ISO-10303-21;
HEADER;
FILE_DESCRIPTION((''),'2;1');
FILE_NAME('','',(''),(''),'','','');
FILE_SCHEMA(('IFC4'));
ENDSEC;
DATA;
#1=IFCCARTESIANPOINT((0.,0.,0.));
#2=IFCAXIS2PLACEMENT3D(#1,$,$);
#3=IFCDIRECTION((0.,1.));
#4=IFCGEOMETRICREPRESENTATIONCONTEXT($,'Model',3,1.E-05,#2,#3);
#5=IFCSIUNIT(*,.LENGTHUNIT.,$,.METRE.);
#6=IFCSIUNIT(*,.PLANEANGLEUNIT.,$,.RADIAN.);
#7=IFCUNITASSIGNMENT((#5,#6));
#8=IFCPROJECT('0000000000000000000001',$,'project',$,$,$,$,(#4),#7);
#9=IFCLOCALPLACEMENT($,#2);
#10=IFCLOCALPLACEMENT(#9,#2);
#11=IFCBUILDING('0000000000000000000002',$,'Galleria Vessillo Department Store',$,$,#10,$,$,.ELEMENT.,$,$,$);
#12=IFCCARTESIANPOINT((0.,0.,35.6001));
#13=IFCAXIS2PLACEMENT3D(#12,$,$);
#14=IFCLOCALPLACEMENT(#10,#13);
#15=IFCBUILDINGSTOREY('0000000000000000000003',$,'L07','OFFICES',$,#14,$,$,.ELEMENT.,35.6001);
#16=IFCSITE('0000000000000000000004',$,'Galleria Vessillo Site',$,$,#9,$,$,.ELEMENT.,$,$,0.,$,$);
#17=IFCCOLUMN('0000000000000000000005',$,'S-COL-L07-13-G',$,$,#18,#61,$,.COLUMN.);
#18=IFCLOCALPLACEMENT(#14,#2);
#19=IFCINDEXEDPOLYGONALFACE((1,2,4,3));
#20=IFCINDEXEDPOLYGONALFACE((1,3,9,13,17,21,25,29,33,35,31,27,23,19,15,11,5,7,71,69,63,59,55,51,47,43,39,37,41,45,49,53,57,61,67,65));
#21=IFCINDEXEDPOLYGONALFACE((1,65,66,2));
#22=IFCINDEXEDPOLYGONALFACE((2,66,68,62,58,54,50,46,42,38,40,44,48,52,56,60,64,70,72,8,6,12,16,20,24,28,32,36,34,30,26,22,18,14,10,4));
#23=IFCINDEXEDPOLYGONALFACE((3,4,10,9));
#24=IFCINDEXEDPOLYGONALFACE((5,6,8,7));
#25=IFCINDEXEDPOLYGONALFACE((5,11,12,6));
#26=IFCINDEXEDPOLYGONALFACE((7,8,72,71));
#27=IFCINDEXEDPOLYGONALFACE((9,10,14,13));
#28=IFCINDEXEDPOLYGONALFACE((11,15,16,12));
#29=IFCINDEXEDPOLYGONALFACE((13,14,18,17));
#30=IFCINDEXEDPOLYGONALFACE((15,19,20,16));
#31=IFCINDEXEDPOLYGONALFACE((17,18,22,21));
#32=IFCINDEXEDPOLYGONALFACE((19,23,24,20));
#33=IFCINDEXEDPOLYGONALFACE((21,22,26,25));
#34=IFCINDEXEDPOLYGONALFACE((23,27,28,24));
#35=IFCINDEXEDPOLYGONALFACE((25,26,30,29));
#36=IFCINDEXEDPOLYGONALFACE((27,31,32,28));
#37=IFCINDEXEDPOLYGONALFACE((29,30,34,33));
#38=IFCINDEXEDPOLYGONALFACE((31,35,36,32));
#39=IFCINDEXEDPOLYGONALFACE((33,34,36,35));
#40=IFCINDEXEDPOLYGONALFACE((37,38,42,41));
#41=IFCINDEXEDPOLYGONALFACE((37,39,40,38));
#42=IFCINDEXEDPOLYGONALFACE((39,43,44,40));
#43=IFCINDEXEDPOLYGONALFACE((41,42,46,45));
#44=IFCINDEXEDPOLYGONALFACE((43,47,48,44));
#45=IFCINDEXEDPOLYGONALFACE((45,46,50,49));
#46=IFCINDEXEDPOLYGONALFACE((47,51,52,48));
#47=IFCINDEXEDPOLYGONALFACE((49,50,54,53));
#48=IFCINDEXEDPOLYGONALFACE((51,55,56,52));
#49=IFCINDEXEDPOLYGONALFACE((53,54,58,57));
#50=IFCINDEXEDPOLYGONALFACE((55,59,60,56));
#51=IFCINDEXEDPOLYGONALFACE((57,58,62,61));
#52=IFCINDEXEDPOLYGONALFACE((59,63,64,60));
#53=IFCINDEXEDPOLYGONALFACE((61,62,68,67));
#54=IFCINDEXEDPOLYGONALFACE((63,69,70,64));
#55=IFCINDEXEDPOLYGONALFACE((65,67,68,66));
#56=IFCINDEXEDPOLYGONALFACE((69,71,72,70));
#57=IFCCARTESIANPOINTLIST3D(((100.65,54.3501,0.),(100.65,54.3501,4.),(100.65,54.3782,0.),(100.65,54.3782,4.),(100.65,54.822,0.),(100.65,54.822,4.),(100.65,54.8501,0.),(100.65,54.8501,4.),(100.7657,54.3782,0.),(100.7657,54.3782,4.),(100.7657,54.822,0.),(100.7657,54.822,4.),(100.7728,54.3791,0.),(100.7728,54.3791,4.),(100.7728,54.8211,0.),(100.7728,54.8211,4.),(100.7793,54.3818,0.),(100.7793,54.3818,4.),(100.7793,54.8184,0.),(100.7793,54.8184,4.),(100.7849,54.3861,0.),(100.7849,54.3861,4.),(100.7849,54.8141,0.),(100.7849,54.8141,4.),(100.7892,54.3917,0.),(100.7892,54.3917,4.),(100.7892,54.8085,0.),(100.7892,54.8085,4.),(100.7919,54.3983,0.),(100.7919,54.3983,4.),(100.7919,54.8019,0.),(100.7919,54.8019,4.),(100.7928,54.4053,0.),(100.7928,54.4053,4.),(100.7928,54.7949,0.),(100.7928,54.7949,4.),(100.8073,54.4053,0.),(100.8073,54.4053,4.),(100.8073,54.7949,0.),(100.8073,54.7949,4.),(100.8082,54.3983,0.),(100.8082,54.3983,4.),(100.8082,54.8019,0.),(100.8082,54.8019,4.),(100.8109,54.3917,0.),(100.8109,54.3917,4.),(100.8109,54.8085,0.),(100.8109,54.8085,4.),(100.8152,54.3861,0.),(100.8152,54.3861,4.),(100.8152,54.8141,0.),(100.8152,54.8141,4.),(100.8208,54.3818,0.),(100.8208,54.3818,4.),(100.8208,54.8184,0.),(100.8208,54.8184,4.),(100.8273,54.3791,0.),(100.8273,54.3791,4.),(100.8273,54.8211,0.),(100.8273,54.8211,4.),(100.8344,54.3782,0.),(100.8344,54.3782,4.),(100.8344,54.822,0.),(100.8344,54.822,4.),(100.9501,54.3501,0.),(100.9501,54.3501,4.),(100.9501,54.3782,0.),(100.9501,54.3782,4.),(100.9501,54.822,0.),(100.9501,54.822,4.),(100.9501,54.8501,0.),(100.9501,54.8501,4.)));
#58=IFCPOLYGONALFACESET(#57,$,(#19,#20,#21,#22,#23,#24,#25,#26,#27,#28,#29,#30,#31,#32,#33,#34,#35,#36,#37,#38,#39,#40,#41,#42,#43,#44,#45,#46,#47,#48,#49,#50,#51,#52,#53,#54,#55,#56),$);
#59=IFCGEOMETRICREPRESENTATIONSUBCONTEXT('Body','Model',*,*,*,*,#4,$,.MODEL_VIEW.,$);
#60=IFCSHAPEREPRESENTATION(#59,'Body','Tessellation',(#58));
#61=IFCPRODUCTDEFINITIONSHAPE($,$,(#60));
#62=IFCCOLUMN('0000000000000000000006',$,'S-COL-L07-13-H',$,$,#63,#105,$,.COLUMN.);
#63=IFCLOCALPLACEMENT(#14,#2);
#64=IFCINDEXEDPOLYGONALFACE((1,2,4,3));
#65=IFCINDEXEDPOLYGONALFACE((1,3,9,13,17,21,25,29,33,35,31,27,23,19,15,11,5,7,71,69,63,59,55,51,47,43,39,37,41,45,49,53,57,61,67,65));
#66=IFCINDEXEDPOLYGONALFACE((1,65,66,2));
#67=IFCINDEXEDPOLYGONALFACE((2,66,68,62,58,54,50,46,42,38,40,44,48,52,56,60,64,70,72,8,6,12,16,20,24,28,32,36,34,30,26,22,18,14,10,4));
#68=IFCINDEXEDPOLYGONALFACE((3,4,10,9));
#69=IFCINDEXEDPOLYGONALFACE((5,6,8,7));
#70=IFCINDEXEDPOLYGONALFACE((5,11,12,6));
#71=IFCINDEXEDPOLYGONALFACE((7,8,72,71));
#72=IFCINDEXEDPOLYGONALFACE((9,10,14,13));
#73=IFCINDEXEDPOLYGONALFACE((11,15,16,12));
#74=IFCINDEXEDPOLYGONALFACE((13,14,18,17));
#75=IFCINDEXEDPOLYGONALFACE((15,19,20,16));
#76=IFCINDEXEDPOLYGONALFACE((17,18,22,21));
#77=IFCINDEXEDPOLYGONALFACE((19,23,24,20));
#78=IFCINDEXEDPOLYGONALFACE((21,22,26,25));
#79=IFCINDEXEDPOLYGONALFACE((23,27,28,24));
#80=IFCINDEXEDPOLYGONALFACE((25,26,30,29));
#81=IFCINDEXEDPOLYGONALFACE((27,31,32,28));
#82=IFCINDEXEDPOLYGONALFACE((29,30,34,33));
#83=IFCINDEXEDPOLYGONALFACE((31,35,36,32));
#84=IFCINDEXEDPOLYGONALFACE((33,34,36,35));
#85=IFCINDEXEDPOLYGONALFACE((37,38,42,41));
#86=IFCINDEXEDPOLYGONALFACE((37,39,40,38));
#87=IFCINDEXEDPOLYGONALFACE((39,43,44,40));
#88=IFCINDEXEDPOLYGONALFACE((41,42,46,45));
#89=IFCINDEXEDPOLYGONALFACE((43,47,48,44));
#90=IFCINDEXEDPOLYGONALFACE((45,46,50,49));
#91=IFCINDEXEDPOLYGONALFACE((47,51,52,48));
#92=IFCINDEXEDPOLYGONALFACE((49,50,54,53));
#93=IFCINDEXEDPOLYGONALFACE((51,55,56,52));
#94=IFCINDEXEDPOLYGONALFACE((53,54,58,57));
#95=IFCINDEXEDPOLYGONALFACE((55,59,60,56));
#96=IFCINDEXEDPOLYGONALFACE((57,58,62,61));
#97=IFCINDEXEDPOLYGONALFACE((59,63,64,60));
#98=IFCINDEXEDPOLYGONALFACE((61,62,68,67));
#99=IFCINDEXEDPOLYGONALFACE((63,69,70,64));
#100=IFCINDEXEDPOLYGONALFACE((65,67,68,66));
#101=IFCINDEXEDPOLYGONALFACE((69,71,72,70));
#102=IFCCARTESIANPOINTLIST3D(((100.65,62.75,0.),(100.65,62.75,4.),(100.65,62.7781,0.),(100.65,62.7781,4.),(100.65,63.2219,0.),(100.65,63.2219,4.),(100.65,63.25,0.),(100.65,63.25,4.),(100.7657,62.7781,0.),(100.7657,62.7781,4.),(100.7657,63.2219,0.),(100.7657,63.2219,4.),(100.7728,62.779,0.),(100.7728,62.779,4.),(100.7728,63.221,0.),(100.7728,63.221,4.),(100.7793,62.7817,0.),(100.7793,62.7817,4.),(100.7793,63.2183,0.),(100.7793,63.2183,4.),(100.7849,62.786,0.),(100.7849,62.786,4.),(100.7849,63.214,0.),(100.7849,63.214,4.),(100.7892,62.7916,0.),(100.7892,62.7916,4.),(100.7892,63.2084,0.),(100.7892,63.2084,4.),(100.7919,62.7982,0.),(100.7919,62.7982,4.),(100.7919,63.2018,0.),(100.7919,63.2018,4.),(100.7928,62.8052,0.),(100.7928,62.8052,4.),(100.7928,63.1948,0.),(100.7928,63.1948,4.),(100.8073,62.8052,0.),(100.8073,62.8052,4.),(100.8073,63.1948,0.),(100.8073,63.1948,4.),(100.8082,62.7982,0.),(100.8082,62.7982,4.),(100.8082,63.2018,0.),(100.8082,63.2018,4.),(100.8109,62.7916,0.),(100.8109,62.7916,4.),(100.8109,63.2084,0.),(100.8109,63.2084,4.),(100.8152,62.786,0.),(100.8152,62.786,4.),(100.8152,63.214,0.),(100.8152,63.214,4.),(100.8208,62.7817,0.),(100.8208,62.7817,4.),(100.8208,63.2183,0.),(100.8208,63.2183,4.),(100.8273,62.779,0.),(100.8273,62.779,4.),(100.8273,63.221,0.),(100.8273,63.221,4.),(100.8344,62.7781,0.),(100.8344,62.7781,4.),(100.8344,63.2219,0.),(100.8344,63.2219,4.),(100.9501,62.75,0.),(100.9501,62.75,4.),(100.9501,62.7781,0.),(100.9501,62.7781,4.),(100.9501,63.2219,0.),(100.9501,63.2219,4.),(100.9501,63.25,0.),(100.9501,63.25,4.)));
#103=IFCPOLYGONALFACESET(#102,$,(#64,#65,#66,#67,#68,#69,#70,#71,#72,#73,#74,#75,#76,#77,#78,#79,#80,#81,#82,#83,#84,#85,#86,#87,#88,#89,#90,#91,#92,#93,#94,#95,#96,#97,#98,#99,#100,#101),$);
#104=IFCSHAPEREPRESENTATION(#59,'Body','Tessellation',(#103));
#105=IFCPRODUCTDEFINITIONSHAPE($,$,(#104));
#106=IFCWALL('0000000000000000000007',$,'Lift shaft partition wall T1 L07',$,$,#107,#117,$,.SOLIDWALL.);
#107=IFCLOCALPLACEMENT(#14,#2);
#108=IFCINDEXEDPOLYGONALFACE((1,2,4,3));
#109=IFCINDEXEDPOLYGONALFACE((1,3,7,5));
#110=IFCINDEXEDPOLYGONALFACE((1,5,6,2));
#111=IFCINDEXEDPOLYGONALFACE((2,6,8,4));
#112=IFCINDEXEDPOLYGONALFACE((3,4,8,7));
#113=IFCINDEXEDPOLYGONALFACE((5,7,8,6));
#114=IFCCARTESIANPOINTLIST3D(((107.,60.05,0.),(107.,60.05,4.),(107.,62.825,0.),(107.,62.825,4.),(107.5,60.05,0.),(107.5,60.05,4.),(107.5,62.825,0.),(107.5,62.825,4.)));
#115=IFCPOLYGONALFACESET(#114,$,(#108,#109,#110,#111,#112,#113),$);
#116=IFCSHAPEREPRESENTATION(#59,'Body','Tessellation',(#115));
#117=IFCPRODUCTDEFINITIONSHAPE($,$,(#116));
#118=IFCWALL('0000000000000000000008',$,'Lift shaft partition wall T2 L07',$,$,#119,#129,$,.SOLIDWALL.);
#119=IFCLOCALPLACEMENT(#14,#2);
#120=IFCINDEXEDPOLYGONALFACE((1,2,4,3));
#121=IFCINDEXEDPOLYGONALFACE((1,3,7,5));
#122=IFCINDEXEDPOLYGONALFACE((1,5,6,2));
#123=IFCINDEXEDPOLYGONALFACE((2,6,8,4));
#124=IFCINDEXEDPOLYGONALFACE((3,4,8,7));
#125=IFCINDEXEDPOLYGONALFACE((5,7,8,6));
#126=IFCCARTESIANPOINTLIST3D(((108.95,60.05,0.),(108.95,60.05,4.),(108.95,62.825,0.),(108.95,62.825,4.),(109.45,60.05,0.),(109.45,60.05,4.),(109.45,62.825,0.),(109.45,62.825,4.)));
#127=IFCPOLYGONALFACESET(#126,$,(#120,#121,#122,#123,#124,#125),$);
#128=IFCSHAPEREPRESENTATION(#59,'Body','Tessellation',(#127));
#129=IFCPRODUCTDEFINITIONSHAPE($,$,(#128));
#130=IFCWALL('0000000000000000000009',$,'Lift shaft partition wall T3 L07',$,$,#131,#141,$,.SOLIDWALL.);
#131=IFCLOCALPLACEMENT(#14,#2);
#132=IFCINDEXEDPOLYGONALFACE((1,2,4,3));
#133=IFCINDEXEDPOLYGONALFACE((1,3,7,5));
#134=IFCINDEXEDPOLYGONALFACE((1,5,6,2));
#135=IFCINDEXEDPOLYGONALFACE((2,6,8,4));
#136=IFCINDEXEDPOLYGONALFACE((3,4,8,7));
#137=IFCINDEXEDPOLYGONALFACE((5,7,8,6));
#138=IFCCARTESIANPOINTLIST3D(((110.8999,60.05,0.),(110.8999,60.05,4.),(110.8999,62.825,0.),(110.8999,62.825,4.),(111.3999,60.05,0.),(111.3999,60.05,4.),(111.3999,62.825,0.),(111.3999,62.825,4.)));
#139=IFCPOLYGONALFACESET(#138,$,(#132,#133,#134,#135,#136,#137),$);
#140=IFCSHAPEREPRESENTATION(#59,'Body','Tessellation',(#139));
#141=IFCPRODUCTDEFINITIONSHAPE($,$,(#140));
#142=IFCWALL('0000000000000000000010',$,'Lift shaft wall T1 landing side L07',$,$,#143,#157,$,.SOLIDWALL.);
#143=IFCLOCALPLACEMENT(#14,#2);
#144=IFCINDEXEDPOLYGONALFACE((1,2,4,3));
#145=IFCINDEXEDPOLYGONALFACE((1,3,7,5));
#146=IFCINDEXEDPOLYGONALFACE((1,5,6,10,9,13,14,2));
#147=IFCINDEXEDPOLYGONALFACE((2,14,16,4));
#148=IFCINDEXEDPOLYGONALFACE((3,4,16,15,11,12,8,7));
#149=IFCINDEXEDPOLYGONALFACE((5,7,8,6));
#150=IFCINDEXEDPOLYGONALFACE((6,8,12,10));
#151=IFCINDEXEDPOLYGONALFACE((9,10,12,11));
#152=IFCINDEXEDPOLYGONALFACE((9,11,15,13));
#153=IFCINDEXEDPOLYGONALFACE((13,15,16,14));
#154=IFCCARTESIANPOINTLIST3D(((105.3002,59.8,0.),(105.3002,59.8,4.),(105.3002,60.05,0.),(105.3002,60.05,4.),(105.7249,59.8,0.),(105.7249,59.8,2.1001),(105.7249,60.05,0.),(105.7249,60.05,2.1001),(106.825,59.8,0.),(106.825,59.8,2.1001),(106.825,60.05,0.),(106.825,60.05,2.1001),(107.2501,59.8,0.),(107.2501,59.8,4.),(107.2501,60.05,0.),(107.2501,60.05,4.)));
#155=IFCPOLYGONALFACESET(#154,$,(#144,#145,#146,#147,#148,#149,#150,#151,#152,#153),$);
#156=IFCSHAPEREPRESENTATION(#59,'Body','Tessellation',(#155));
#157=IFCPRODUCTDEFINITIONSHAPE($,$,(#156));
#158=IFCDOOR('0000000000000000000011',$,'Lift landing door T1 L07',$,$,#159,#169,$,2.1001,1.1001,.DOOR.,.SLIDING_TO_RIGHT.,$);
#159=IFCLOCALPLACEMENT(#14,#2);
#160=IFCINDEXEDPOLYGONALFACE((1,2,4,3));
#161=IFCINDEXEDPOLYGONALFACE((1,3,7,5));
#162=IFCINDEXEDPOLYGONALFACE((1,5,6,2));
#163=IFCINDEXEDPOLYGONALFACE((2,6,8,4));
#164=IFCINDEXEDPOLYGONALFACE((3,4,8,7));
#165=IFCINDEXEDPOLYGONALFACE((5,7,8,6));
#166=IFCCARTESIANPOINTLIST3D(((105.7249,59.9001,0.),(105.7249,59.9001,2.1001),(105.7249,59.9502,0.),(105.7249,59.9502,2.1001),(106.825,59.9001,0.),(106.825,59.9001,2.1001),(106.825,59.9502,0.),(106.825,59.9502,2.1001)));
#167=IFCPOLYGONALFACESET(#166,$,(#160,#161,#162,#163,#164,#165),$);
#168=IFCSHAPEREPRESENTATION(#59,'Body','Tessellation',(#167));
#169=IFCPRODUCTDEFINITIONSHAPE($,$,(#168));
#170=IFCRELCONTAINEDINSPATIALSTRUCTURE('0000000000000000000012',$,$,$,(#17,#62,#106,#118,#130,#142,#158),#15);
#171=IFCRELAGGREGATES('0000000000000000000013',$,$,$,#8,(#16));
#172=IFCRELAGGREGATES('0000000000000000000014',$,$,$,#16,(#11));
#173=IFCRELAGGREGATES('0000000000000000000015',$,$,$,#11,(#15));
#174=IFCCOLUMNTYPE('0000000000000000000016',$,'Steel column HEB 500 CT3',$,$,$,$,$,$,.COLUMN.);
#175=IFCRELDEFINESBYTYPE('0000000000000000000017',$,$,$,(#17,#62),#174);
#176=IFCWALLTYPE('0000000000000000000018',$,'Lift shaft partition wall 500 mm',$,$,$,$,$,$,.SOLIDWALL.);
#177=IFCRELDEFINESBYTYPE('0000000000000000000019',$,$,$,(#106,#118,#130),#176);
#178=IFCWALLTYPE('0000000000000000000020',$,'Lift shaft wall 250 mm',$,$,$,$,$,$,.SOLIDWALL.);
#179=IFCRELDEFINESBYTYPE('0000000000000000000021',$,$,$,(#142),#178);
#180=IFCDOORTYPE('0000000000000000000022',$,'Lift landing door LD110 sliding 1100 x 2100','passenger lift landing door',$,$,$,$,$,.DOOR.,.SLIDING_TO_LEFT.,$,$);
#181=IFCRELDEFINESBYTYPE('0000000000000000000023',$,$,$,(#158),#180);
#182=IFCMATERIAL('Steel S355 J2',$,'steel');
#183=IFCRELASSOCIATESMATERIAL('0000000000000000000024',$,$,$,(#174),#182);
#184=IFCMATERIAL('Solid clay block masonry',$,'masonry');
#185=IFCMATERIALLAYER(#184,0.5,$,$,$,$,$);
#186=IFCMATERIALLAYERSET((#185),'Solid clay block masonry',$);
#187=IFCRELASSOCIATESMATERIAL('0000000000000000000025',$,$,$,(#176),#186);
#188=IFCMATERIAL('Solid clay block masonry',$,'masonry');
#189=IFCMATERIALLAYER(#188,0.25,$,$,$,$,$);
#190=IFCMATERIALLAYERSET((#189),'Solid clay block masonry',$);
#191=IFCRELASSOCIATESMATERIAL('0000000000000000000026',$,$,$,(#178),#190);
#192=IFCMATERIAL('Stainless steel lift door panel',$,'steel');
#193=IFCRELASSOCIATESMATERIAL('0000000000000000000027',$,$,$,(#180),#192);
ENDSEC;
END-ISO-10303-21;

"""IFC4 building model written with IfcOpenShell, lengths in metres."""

from ifc_helpers import new_model, si_unit, direction, frame, frame_2d, origin, origin_2d, place, context, subcontext, project, spatial, rectangle, i_section, extrude, material, layer, layer_set, material_profile, profile_set, type_object, element, fill, save


model = new_model("IFC4")

# Units and contexts
model_context = context("Model", 3, precision=1e-05, world=origin(), true_north=direction((0.0, 1.0)))
body_context = subcontext(model_context, "Body", "Model", "MODEL_VIEW")
ifc_project = project(units=[si_unit("LENGTHUNIT", "METRE"), si_unit("PLANEANGLEUNIT", "RADIAN")], contexts=[model_context])

# Site, building, storey
site_placement = place(None, origin())
site = spatial("IfcSite", under=ifc_project, at=site_placement, Name="Galleria Vessillo Site", CompositionType="ELEMENT", RefElevation=0.0)
building_placement = place(site_placement, origin())
building = spatial("IfcBuilding", under=site, at=building_placement, Name="Galleria Vessillo Department Store", CompositionType="ELEMENT")
storey_placement = place(building_placement, frame((0.0, 0.0, 35.6001)))
storey = spatial("IfcBuildingStorey", under=building, at=storey_placement, Name="L07", Description="OFFICES", CompositionType="ELEMENT", Elevation=35.6001)

# Columns
ifc_material_1 = material(Name="Steel S355 J2", Category="steel")
ifc_material_profile = material_profile(ifc_material_1, i_section(OverallWidth=0.3, OverallDepth=0.5, WebThickness=0.0144, FlangeThickness=0.0281, FilletRadius=0.0271, at=origin_2d()), Name="HEB 500")
ifc_profile_set = profile_set([ifc_material_profile], Name="Steel S355 J2")
column_type = type_object("IfcColumnType", Name="Steel column HEB 500 CT3", PredefinedType="COLUMN", material=ifc_profile_set)
for number, where, z_axis, x_axis, name in (
    (1, (100.8, 54.6001, 0.0), (0.0, 0.0, 1.0), (1.0, 0.0, 0.0), "S-COL-L07-13-G"),
    (2, (100.8, 63.0, 0.0), (0.0, 0.0, 1.0), (1.0, 0.0, 0.0), "S-COL-L07-13-H"),
):
    element("IfcColumn", number, at=place(storey_placement, frame(where, z_axis=z_axis, x_axis=x_axis)), inside=storey, type_object=column_type, Name=name, PredefinedType="COLUMN", context=body_context, shape_type="SweptSolid", body=[
        extrude(i_section(OverallWidth=0.3, OverallDepth=0.5, WebThickness=0.0144, FlangeThickness=0.0281, FilletRadius=0.0271, at=origin_2d()), origin(), (0.0, 0.0, 1.0), 4.0),
    ])

# Walls
ifc_material_2 = material(Name="Solid clay block masonry", Category="masonry")
ifc_layer_1 = layer(ifc_material_2, 0.5)
ifc_layer_set_1 = layer_set([ifc_layer_1], Name="Solid clay block masonry")
wall_type_1 = type_object("IfcWallType", Name="Lift shaft partition wall 500 mm", PredefinedType="SOLIDWALL", material=ifc_layer_set_1)
for number, where, z_axis, x_axis, name in (
    (3, (107.25, 62.825, 0.0), (0.0, 0.0, 1.0), (0.0, -1.0, 0.0), "Lift shaft partition wall T1 L07"),
    (4, (109.2, 62.825, 0.0), (0.0, 0.0, 1.0), (0.0, -1.0, 0.0), "Lift shaft partition wall T2 L07"),
    (5, (111.1499, 62.825, 0.0), (0.0, 0.0, 1.0), (0.0, -1.0, 0.0), "Lift shaft partition wall T3 L07"),
):
    element("IfcWall", number, at=place(storey_placement, frame(where, z_axis=z_axis, x_axis=x_axis)), inside=storey, type_object=wall_type_1, Name=name, PredefinedType="SOLIDWALL", context=body_context, shape_type="SweptSolid", body=[
        extrude(rectangle(XDim=2.7749, YDim=0.5, at=frame_2d((1.3875, 0.0))), origin(), (0.0, 0.0, 1.0), 4.0),
    ])

# Wall, opening, door
ifc_material_3 = material(Name="Solid clay block masonry", Category="masonry")
ifc_layer_2 = layer(ifc_material_3, 0.25)
ifc_layer_set_2 = layer_set([ifc_layer_2], Name="Solid clay block masonry")
wall_type_2 = type_object("IfcWallType", Name="Lift shaft wall 250 mm", PredefinedType="SOLIDWALL", material=ifc_layer_set_2)
wall_1_placement = place(storey_placement, frame((105.3, 59.925, 0.0), z_axis=(0.0, 0.0, 1.0), x_axis=(1.0, 0.0, 0.0)))
wall_1 = element("IfcWall", 6, at=wall_1_placement, inside=storey, type_object=wall_type_2, Name="Lift shaft wall T1 landing side L07", PredefinedType="SOLIDWALL", context=body_context, shape_type="SweptSolid", body=[
    extrude(rectangle(XDim=1.95, YDim=0.25, at=frame_2d((0.9751, 0.0))), origin(), (0.0, 0.0, 1.0), 4.0),
])
opening_1_placement = place(wall_1_placement, frame((0.4248, 0.0, 0.0)))
opening_1 = element("IfcOpeningElement", 7, at=opening_1_placement, cuts=wall_1, PredefinedType="OPENING", context=body_context, shape_type="SweptSolid", body=[
    extrude(rectangle(XDim=1.1001, YDim=2.1001, at=frame_2d((0.55, 1.05))), frame((0.0, 0.135, 0.0), z_axis=(0.0, -1.0, 0.0), x_axis=(1.0, 0.0, 0.0)), (0.0, 0.0, 1.0), 0.27),
])
ifc_material_4 = material(Name="Stainless steel lift door panel", Category="steel")
door_type_1 = type_object("IfcDoorType", Name="Lift landing door LD110 sliding 1100 x 2100", Description="passenger lift landing door", OperationType="SLIDING_TO_LEFT", PredefinedType="DOOR", material=ifc_material_4)
door_1_placement = place(opening_1_placement, frame((1.1001, 0.0, 0.0), z_axis=(0.0, 0.0, 1.0), x_axis=(-1.0, 0.0, 0.0)))
door_1 = element("IfcDoor", 8, at=door_1_placement, inside=storey, type_object=door_type_1, Name="Lift landing door T1 L07", OperationType="SLIDING_TO_RIGHT", OverallHeight=2.1001, OverallWidth=1.1001, PredefinedType="DOOR", context=body_context, shape_type="SweptSolid", body=[
    extrude(rectangle(XDim=1.1001, YDim=2.1001, at=frame_2d((0.55, 1.05))), frame((0.0, 0.0249, 0.0), z_axis=(0.0, -1.0, 0.0), x_axis=(1.0, 0.0, 0.0)), (0.0, 0.0, 1.0), 0.05),
])
fill(opening_1, door_1)

save(model, "model.ifc")
